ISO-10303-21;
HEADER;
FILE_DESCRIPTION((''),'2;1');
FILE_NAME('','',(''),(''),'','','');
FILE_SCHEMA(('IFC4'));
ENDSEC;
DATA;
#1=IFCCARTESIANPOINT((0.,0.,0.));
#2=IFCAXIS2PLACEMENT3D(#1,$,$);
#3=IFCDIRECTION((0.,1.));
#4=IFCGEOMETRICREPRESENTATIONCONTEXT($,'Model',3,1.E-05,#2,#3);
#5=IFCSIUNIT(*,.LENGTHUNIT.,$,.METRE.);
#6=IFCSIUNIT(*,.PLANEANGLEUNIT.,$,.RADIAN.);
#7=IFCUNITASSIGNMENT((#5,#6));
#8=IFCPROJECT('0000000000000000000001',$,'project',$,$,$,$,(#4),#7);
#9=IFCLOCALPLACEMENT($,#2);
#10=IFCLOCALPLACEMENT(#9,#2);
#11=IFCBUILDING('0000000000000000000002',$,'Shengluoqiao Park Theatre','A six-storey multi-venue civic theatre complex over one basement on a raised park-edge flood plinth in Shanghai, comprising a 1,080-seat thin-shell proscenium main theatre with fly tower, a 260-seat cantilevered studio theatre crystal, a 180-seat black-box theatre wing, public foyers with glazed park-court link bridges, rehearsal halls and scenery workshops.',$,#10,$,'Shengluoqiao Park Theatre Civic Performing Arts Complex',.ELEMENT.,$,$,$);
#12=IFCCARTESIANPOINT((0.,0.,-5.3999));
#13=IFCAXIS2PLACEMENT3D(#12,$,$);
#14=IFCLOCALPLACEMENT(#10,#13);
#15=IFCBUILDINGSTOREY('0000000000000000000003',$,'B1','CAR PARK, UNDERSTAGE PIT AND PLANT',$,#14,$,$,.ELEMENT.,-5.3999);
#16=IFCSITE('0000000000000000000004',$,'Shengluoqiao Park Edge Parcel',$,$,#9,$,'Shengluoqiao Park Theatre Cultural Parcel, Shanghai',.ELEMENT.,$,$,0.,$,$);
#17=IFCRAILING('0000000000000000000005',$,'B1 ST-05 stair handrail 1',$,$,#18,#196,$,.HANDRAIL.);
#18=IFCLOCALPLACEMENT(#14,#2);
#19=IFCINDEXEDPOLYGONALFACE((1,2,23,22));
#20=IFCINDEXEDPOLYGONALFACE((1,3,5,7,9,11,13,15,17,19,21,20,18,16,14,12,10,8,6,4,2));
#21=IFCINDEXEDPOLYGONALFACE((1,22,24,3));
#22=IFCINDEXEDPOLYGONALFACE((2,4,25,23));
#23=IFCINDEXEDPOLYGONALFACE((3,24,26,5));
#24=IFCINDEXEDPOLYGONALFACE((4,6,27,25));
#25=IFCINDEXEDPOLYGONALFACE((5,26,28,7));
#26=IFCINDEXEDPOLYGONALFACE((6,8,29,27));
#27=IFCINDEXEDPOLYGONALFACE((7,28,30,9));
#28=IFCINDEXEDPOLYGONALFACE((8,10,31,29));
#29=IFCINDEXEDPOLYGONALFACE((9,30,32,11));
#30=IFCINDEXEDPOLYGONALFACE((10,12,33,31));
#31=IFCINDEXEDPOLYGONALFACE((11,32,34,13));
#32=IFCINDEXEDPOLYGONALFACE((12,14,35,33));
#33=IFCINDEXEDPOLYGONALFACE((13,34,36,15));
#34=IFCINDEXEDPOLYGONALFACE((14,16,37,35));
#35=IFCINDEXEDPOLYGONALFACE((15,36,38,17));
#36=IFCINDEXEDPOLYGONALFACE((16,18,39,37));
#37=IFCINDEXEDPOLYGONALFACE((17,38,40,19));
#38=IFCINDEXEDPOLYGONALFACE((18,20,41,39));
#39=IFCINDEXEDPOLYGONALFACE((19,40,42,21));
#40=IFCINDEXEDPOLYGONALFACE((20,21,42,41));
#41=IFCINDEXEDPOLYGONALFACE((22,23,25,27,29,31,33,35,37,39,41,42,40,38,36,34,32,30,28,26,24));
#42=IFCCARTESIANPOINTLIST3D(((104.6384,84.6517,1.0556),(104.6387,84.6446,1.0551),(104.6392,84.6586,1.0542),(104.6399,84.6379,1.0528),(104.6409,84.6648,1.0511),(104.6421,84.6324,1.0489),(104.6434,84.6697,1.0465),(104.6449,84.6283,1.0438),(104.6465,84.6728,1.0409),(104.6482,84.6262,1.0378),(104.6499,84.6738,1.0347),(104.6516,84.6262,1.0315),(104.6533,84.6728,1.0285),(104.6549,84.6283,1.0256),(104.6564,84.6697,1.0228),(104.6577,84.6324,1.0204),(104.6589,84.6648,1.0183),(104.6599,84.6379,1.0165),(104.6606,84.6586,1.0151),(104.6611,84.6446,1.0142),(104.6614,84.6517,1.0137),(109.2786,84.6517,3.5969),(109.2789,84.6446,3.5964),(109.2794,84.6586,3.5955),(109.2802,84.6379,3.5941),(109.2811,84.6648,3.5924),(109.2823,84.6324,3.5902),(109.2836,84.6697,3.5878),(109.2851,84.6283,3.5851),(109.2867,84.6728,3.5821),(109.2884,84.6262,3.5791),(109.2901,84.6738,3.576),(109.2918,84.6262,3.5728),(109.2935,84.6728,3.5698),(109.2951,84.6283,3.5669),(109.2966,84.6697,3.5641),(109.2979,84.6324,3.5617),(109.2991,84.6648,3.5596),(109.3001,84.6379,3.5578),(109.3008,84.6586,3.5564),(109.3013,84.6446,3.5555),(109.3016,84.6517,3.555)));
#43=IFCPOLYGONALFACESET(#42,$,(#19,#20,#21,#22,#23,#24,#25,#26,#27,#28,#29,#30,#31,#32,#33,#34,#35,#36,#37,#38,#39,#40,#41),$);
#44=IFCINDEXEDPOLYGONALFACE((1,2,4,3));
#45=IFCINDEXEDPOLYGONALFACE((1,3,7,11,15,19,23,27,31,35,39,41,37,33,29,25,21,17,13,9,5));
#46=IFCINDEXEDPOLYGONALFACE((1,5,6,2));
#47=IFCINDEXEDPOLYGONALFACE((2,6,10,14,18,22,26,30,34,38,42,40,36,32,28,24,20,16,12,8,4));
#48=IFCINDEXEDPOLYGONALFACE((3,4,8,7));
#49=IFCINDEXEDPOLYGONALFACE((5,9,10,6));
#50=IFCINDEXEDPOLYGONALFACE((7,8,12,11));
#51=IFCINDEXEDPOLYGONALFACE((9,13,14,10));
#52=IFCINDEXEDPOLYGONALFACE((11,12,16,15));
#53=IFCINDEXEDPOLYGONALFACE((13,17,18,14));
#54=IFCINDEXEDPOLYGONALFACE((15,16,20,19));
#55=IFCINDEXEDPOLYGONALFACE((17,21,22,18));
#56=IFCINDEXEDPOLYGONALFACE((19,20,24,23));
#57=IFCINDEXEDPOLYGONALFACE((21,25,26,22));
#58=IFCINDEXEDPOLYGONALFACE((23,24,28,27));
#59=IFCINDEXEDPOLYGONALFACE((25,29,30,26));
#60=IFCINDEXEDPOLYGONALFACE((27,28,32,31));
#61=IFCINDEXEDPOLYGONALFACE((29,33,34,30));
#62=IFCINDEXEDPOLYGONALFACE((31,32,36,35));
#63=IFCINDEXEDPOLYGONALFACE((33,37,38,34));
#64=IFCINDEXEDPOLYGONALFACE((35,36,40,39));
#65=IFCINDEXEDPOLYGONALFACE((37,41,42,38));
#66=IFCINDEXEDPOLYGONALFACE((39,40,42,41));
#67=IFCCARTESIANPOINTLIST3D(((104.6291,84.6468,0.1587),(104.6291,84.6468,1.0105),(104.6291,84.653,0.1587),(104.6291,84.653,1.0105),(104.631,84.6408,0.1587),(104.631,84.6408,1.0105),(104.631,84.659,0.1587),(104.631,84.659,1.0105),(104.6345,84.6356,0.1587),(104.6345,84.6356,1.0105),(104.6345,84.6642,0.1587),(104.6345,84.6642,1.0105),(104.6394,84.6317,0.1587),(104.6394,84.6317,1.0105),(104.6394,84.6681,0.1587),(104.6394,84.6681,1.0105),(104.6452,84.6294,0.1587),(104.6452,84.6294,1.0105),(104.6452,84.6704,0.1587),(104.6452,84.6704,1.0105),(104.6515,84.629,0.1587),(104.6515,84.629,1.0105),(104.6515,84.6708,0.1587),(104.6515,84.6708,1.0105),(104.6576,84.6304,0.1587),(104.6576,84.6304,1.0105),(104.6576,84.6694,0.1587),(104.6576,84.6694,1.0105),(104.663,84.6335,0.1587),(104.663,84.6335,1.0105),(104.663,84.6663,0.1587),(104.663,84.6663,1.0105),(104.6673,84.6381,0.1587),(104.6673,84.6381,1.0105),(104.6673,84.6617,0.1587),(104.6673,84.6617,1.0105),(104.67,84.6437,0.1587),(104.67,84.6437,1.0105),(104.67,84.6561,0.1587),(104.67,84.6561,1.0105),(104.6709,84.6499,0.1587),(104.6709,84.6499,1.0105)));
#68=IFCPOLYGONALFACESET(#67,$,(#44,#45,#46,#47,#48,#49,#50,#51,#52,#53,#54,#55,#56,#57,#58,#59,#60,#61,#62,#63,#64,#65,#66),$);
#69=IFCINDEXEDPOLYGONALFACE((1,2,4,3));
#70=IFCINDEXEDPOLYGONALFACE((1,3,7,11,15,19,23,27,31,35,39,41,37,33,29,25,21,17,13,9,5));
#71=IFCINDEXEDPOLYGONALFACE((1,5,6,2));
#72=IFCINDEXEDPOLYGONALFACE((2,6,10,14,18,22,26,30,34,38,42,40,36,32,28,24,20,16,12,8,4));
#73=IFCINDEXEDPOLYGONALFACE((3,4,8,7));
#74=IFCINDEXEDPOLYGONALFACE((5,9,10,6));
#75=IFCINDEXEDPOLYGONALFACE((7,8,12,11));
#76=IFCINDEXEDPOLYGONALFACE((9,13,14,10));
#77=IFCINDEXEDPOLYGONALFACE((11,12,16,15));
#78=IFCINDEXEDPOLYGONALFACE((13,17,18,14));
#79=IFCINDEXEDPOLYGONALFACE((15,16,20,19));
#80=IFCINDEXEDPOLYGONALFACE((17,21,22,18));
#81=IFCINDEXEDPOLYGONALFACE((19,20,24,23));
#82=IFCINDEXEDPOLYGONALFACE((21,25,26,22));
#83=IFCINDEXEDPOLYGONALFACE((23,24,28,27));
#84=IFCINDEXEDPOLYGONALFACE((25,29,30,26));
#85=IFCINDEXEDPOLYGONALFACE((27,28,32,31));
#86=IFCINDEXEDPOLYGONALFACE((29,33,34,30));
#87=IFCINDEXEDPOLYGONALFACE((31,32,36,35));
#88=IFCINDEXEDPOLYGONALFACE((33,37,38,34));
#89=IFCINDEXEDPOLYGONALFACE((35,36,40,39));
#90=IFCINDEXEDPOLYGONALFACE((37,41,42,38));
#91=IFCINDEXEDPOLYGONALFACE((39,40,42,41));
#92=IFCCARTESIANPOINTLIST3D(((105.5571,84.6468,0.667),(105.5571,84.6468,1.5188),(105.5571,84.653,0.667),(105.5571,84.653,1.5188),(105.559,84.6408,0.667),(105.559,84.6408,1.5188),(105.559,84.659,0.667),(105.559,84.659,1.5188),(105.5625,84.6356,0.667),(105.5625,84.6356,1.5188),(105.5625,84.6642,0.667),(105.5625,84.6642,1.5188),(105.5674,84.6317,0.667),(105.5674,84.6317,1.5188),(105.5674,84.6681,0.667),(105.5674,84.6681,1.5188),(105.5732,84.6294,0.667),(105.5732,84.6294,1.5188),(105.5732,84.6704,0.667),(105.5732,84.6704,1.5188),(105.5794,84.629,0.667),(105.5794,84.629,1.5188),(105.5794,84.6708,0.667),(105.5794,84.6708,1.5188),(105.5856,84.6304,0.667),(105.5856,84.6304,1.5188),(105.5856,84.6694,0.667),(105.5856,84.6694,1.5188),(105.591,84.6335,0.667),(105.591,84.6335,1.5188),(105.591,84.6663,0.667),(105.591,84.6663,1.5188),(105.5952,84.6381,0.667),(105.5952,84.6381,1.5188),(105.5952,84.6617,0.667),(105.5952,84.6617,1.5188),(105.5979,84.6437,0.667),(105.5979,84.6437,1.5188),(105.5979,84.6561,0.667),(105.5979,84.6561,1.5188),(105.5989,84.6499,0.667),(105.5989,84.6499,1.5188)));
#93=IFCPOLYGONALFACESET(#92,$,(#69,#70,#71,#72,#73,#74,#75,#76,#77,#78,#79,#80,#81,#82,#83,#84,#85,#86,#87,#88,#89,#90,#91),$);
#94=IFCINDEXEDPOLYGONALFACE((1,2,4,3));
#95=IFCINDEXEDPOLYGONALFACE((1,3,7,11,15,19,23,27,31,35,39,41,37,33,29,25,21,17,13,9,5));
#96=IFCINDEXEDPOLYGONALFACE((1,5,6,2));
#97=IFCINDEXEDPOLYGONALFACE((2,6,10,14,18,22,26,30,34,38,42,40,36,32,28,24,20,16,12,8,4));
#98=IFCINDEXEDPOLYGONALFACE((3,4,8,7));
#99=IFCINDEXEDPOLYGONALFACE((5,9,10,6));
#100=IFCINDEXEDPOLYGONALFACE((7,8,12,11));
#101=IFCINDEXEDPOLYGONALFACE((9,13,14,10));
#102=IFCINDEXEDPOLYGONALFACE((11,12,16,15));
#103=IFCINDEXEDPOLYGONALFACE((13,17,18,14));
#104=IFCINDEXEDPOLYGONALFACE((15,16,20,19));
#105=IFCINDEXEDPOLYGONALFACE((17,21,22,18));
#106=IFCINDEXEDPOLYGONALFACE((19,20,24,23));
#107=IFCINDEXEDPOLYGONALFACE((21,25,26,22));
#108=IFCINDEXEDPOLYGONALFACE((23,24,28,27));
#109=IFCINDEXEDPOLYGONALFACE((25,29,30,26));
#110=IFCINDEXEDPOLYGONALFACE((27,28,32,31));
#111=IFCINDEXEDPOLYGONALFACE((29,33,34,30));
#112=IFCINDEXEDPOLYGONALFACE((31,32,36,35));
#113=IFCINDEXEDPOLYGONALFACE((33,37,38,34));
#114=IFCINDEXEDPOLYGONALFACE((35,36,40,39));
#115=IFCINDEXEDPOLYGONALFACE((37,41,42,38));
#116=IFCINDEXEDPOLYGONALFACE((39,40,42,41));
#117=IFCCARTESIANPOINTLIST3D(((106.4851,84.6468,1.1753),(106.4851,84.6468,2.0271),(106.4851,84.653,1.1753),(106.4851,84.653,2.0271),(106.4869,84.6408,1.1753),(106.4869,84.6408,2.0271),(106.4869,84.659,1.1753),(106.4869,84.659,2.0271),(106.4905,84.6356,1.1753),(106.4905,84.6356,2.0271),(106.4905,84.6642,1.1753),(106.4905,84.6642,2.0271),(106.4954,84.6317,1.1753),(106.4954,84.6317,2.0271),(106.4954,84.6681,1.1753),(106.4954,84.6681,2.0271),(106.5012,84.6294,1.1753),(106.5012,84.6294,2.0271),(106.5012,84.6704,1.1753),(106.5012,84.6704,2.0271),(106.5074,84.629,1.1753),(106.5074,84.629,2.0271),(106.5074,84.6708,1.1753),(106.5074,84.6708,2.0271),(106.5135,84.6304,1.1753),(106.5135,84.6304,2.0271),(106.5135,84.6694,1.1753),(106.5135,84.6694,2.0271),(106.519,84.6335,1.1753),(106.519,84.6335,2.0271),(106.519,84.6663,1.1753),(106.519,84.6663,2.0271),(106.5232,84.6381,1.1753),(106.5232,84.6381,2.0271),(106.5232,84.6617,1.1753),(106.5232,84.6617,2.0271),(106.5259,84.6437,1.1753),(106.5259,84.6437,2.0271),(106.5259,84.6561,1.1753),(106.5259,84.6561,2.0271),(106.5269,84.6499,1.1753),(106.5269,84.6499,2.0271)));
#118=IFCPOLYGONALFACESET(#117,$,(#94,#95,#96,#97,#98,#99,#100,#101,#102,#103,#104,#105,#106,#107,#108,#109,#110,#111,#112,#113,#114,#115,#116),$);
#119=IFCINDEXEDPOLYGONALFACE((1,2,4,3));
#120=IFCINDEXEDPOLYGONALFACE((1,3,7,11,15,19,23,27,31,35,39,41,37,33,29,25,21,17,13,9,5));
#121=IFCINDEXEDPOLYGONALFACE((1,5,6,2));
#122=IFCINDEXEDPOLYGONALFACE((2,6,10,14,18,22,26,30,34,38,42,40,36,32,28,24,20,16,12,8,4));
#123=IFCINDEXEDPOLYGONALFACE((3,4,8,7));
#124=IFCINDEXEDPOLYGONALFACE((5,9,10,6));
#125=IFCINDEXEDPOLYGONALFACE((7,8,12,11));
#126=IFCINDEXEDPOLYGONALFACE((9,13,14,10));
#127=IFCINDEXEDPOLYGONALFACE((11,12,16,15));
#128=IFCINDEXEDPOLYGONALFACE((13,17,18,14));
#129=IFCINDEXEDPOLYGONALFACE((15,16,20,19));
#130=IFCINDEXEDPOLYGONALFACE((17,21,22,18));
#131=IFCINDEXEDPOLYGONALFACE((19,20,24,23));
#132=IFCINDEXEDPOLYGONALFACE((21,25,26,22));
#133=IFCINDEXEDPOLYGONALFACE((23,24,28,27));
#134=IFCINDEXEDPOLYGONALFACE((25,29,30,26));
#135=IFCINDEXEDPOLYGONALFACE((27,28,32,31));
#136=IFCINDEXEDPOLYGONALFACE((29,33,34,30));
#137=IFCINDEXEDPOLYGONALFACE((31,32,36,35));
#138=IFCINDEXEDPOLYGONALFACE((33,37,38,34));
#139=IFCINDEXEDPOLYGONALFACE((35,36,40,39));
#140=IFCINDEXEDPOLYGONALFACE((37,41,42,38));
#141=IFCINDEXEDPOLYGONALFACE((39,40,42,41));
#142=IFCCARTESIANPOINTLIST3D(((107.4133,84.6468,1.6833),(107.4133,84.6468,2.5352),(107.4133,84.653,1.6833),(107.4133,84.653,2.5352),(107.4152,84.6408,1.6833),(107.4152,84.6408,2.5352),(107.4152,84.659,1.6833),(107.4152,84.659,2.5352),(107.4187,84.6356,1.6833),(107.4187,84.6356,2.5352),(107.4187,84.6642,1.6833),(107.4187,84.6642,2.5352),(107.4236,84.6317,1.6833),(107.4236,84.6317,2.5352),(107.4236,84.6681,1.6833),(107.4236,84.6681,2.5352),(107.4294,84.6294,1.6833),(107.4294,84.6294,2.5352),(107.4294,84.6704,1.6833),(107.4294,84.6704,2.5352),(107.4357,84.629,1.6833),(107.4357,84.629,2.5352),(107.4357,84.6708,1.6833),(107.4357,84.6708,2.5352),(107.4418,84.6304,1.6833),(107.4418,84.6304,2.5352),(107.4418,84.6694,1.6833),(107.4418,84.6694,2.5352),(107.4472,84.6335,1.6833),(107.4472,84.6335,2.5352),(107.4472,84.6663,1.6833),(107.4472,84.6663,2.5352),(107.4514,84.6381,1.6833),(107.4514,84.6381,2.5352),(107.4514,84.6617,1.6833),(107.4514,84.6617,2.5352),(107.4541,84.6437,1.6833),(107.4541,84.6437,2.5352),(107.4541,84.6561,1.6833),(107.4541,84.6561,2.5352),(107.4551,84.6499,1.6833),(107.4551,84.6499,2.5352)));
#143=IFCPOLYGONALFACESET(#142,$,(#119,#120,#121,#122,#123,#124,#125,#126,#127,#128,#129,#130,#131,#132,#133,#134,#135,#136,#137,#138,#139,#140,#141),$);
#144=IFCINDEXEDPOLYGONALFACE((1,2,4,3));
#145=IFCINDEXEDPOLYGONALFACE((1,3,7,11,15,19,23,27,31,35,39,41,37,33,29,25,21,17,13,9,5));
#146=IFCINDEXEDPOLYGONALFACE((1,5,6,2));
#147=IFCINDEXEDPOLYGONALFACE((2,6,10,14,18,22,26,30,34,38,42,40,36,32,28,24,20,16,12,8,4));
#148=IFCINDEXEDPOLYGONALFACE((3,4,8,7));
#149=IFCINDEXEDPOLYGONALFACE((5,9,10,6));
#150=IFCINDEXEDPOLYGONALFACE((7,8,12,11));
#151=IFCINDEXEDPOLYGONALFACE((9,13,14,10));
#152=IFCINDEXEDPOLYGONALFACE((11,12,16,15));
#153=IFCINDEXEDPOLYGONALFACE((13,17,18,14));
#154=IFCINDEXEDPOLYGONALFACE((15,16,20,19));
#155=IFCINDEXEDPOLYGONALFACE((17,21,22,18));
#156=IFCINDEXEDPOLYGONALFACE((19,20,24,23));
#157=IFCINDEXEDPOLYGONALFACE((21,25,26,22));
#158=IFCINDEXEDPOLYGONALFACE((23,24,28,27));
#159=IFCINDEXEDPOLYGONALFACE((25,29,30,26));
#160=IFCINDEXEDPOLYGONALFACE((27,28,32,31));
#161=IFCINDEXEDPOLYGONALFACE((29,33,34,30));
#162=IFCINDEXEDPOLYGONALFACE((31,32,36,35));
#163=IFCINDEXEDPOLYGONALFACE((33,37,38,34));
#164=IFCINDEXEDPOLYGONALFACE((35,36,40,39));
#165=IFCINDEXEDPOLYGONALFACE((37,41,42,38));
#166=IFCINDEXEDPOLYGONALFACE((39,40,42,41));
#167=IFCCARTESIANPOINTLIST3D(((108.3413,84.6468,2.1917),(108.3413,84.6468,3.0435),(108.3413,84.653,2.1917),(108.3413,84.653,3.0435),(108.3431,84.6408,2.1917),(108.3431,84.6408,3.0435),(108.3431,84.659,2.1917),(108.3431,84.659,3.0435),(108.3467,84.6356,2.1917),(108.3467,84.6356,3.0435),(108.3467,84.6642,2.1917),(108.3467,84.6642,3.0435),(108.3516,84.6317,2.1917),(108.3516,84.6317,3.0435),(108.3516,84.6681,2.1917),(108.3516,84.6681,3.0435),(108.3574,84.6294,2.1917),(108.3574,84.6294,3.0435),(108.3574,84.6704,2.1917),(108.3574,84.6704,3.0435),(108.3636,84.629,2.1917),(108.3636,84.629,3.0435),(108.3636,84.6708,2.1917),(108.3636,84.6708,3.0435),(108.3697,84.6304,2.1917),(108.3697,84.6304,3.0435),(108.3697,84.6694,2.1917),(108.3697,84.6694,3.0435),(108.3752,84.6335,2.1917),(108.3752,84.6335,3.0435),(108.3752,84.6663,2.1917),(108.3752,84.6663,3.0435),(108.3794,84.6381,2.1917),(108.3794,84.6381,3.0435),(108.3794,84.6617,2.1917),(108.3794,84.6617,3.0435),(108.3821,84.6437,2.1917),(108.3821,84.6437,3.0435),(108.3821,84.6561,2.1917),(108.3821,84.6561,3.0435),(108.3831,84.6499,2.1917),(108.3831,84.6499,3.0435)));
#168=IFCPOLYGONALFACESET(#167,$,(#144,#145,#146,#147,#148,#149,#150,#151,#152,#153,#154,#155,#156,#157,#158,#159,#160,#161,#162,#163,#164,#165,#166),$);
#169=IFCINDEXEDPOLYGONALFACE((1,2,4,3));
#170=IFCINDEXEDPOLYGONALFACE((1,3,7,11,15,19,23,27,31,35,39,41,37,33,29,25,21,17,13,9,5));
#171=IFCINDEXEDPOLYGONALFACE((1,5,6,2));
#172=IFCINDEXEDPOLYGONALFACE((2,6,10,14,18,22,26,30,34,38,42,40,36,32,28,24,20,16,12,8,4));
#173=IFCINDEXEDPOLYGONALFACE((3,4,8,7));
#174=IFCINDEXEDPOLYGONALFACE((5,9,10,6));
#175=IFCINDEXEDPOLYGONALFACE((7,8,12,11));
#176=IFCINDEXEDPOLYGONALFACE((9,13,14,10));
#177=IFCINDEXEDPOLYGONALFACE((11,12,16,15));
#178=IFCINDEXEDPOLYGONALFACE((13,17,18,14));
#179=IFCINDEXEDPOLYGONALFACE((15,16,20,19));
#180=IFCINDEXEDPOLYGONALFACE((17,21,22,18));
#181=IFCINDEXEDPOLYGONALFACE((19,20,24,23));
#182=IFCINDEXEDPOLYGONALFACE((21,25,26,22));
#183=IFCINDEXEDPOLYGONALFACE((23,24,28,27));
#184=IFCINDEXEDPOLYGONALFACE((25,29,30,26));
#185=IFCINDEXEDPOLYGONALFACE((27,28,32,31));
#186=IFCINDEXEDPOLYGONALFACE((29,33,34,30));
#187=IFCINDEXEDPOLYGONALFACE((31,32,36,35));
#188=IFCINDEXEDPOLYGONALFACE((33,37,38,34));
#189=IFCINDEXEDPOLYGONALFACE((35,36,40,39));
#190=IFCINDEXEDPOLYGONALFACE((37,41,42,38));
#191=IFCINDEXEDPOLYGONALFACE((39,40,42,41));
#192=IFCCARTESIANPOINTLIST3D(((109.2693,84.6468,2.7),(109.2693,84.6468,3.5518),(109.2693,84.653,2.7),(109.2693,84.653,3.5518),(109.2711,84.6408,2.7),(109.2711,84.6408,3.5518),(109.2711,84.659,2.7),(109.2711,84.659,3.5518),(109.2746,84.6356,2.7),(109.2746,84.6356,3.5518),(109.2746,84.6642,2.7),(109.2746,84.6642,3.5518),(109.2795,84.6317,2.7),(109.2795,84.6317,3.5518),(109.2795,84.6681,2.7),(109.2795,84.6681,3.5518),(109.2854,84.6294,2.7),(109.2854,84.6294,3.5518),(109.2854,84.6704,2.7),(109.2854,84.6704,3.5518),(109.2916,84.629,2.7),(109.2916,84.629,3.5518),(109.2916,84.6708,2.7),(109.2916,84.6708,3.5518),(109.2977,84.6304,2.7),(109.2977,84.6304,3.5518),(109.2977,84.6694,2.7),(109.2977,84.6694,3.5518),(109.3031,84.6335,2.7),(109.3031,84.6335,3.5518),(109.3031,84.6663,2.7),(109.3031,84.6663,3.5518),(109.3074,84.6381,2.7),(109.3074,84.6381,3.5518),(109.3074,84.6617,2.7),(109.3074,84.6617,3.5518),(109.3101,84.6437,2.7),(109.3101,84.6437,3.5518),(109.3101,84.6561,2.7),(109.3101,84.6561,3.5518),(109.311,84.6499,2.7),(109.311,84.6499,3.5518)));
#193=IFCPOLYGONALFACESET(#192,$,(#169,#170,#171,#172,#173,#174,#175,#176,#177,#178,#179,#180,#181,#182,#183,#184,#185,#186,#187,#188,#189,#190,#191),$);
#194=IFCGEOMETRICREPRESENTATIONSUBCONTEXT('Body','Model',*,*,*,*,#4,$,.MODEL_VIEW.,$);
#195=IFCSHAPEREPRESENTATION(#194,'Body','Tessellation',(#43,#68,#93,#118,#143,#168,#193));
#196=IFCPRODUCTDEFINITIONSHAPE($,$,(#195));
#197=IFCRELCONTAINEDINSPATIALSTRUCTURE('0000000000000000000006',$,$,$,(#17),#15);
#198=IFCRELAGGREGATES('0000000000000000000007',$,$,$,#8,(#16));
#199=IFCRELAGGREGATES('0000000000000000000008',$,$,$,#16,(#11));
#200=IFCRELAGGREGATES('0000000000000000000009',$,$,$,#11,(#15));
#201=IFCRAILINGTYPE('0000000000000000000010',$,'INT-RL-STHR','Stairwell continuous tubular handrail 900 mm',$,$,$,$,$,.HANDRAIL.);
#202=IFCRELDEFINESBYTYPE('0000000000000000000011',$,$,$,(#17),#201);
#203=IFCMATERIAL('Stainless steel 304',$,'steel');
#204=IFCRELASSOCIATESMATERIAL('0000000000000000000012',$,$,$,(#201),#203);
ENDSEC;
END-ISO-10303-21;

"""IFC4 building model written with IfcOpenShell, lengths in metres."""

from ifc_helpers import new_model, si_unit, direction, frame, origin, origin_2d, place, context, subcontext, project, spatial, circle, extrude, material, type_object, element, save


model = new_model("IFC4")

# Units and contexts
model_context = context("Model", 3, precision=1e-05, world=origin(), true_north=direction((0.0, 1.0)))
body_context = subcontext(model_context, "Body", "Model", "MODEL_VIEW")
ifc_project = project(units=[si_unit("LENGTHUNIT", "METRE"), si_unit("PLANEANGLEUNIT", "RADIAN")], contexts=[model_context])

# Site, building, storey
site_placement = place(None, origin())
site = spatial("IfcSite", under=ifc_project, at=site_placement, Name="Shengluoqiao Park Edge Parcel", LongName="Shengluoqiao Park Theatre Cultural Parcel, Shanghai", CompositionType="ELEMENT", RefElevation=0.0)
building_placement = place(site_placement, origin())
building = spatial("IfcBuilding", under=site, at=building_placement, Name="Shengluoqiao Park Theatre", Description="A six-storey multi-venue civic theatre complex over one basement on a raised park-edge flood plinth in Shanghai, comprising a 1,080-seat thin-shell proscenium main theatre with fly tower, a 260-seat cantilevered studio theatre crystal, a 180-seat black-box theatre wing, public foyers with glazed park-court link bridges, rehearsal halls and scenery workshops.", LongName="Shengluoqiao Park Theatre Civic Performing Arts Complex", CompositionType="ELEMENT")
storey_placement = place(building_placement, frame((0.0, 0.0, -5.3999)))
storey = spatial("IfcBuildingStorey", under=building, at=storey_placement, Name="B1", Description="CAR PARK, UNDERSTAGE PIT AND PLANT", CompositionType="ELEMENT", Elevation=-5.3999)

# Railing
ifc_material_1 = material(Name="Stainless steel 304", Category="steel")
railing_type_1 = type_object("IfcRailingType", Name="INT-RL-STHR", Description="Stairwell continuous tubular handrail 900 mm", PredefinedType="HANDRAIL", material=ifc_material_1)
railing_1_placement = place(storey_placement, frame((104.6499, 84.6499, 0.1587)))
element("IfcRailing", 1, at=railing_1_placement, inside=storey, type_object=railing_type_1, Name="B1 ST-05 stair handrail 1", PredefinedType="HANDRAIL", context=body_context, shape_type="SweptSolid", body=[
    extrude(circle(Radius=0.0239, at=origin_2d()), frame((0.0, 0.0, 0.876), z_axis=(0.877078, 0.0, 0.480348), x_axis=(0.0, 1.0, 0.0)), (0.0, 0.0, 1.0), 5.2905),
    extrude(circle(Radius=0.021, at=origin_2d()), origin(), (0.0, 0.0, 1.0), 0.8518),
    extrude(circle(Radius=0.021, at=origin_2d()), frame((0.928, 0.0, 0.5083)), (0.0, 0.0, 1.0), 0.8518),
    extrude(circle(Radius=0.021, at=origin_2d()), frame((1.856, 0.0, 1.0166)), (0.0, 0.0, 1.0), 0.8518),
    extrude(circle(Radius=0.021, at=origin_2d()), frame((2.7842, 0.0, 1.5247)), (0.0, 0.0, 1.0), 0.8518),
    extrude(circle(Radius=0.021, at=origin_2d()), frame((3.7122, 0.0, 2.033)), (0.0, 0.0, 1.0), 0.8518),
    extrude(circle(Radius=0.021, at=origin_2d()), frame((4.6401, 0.0, 2.5413)), (0.0, 0.0, 1.0), 0.8518),
])

save(model, "model.ifc")
